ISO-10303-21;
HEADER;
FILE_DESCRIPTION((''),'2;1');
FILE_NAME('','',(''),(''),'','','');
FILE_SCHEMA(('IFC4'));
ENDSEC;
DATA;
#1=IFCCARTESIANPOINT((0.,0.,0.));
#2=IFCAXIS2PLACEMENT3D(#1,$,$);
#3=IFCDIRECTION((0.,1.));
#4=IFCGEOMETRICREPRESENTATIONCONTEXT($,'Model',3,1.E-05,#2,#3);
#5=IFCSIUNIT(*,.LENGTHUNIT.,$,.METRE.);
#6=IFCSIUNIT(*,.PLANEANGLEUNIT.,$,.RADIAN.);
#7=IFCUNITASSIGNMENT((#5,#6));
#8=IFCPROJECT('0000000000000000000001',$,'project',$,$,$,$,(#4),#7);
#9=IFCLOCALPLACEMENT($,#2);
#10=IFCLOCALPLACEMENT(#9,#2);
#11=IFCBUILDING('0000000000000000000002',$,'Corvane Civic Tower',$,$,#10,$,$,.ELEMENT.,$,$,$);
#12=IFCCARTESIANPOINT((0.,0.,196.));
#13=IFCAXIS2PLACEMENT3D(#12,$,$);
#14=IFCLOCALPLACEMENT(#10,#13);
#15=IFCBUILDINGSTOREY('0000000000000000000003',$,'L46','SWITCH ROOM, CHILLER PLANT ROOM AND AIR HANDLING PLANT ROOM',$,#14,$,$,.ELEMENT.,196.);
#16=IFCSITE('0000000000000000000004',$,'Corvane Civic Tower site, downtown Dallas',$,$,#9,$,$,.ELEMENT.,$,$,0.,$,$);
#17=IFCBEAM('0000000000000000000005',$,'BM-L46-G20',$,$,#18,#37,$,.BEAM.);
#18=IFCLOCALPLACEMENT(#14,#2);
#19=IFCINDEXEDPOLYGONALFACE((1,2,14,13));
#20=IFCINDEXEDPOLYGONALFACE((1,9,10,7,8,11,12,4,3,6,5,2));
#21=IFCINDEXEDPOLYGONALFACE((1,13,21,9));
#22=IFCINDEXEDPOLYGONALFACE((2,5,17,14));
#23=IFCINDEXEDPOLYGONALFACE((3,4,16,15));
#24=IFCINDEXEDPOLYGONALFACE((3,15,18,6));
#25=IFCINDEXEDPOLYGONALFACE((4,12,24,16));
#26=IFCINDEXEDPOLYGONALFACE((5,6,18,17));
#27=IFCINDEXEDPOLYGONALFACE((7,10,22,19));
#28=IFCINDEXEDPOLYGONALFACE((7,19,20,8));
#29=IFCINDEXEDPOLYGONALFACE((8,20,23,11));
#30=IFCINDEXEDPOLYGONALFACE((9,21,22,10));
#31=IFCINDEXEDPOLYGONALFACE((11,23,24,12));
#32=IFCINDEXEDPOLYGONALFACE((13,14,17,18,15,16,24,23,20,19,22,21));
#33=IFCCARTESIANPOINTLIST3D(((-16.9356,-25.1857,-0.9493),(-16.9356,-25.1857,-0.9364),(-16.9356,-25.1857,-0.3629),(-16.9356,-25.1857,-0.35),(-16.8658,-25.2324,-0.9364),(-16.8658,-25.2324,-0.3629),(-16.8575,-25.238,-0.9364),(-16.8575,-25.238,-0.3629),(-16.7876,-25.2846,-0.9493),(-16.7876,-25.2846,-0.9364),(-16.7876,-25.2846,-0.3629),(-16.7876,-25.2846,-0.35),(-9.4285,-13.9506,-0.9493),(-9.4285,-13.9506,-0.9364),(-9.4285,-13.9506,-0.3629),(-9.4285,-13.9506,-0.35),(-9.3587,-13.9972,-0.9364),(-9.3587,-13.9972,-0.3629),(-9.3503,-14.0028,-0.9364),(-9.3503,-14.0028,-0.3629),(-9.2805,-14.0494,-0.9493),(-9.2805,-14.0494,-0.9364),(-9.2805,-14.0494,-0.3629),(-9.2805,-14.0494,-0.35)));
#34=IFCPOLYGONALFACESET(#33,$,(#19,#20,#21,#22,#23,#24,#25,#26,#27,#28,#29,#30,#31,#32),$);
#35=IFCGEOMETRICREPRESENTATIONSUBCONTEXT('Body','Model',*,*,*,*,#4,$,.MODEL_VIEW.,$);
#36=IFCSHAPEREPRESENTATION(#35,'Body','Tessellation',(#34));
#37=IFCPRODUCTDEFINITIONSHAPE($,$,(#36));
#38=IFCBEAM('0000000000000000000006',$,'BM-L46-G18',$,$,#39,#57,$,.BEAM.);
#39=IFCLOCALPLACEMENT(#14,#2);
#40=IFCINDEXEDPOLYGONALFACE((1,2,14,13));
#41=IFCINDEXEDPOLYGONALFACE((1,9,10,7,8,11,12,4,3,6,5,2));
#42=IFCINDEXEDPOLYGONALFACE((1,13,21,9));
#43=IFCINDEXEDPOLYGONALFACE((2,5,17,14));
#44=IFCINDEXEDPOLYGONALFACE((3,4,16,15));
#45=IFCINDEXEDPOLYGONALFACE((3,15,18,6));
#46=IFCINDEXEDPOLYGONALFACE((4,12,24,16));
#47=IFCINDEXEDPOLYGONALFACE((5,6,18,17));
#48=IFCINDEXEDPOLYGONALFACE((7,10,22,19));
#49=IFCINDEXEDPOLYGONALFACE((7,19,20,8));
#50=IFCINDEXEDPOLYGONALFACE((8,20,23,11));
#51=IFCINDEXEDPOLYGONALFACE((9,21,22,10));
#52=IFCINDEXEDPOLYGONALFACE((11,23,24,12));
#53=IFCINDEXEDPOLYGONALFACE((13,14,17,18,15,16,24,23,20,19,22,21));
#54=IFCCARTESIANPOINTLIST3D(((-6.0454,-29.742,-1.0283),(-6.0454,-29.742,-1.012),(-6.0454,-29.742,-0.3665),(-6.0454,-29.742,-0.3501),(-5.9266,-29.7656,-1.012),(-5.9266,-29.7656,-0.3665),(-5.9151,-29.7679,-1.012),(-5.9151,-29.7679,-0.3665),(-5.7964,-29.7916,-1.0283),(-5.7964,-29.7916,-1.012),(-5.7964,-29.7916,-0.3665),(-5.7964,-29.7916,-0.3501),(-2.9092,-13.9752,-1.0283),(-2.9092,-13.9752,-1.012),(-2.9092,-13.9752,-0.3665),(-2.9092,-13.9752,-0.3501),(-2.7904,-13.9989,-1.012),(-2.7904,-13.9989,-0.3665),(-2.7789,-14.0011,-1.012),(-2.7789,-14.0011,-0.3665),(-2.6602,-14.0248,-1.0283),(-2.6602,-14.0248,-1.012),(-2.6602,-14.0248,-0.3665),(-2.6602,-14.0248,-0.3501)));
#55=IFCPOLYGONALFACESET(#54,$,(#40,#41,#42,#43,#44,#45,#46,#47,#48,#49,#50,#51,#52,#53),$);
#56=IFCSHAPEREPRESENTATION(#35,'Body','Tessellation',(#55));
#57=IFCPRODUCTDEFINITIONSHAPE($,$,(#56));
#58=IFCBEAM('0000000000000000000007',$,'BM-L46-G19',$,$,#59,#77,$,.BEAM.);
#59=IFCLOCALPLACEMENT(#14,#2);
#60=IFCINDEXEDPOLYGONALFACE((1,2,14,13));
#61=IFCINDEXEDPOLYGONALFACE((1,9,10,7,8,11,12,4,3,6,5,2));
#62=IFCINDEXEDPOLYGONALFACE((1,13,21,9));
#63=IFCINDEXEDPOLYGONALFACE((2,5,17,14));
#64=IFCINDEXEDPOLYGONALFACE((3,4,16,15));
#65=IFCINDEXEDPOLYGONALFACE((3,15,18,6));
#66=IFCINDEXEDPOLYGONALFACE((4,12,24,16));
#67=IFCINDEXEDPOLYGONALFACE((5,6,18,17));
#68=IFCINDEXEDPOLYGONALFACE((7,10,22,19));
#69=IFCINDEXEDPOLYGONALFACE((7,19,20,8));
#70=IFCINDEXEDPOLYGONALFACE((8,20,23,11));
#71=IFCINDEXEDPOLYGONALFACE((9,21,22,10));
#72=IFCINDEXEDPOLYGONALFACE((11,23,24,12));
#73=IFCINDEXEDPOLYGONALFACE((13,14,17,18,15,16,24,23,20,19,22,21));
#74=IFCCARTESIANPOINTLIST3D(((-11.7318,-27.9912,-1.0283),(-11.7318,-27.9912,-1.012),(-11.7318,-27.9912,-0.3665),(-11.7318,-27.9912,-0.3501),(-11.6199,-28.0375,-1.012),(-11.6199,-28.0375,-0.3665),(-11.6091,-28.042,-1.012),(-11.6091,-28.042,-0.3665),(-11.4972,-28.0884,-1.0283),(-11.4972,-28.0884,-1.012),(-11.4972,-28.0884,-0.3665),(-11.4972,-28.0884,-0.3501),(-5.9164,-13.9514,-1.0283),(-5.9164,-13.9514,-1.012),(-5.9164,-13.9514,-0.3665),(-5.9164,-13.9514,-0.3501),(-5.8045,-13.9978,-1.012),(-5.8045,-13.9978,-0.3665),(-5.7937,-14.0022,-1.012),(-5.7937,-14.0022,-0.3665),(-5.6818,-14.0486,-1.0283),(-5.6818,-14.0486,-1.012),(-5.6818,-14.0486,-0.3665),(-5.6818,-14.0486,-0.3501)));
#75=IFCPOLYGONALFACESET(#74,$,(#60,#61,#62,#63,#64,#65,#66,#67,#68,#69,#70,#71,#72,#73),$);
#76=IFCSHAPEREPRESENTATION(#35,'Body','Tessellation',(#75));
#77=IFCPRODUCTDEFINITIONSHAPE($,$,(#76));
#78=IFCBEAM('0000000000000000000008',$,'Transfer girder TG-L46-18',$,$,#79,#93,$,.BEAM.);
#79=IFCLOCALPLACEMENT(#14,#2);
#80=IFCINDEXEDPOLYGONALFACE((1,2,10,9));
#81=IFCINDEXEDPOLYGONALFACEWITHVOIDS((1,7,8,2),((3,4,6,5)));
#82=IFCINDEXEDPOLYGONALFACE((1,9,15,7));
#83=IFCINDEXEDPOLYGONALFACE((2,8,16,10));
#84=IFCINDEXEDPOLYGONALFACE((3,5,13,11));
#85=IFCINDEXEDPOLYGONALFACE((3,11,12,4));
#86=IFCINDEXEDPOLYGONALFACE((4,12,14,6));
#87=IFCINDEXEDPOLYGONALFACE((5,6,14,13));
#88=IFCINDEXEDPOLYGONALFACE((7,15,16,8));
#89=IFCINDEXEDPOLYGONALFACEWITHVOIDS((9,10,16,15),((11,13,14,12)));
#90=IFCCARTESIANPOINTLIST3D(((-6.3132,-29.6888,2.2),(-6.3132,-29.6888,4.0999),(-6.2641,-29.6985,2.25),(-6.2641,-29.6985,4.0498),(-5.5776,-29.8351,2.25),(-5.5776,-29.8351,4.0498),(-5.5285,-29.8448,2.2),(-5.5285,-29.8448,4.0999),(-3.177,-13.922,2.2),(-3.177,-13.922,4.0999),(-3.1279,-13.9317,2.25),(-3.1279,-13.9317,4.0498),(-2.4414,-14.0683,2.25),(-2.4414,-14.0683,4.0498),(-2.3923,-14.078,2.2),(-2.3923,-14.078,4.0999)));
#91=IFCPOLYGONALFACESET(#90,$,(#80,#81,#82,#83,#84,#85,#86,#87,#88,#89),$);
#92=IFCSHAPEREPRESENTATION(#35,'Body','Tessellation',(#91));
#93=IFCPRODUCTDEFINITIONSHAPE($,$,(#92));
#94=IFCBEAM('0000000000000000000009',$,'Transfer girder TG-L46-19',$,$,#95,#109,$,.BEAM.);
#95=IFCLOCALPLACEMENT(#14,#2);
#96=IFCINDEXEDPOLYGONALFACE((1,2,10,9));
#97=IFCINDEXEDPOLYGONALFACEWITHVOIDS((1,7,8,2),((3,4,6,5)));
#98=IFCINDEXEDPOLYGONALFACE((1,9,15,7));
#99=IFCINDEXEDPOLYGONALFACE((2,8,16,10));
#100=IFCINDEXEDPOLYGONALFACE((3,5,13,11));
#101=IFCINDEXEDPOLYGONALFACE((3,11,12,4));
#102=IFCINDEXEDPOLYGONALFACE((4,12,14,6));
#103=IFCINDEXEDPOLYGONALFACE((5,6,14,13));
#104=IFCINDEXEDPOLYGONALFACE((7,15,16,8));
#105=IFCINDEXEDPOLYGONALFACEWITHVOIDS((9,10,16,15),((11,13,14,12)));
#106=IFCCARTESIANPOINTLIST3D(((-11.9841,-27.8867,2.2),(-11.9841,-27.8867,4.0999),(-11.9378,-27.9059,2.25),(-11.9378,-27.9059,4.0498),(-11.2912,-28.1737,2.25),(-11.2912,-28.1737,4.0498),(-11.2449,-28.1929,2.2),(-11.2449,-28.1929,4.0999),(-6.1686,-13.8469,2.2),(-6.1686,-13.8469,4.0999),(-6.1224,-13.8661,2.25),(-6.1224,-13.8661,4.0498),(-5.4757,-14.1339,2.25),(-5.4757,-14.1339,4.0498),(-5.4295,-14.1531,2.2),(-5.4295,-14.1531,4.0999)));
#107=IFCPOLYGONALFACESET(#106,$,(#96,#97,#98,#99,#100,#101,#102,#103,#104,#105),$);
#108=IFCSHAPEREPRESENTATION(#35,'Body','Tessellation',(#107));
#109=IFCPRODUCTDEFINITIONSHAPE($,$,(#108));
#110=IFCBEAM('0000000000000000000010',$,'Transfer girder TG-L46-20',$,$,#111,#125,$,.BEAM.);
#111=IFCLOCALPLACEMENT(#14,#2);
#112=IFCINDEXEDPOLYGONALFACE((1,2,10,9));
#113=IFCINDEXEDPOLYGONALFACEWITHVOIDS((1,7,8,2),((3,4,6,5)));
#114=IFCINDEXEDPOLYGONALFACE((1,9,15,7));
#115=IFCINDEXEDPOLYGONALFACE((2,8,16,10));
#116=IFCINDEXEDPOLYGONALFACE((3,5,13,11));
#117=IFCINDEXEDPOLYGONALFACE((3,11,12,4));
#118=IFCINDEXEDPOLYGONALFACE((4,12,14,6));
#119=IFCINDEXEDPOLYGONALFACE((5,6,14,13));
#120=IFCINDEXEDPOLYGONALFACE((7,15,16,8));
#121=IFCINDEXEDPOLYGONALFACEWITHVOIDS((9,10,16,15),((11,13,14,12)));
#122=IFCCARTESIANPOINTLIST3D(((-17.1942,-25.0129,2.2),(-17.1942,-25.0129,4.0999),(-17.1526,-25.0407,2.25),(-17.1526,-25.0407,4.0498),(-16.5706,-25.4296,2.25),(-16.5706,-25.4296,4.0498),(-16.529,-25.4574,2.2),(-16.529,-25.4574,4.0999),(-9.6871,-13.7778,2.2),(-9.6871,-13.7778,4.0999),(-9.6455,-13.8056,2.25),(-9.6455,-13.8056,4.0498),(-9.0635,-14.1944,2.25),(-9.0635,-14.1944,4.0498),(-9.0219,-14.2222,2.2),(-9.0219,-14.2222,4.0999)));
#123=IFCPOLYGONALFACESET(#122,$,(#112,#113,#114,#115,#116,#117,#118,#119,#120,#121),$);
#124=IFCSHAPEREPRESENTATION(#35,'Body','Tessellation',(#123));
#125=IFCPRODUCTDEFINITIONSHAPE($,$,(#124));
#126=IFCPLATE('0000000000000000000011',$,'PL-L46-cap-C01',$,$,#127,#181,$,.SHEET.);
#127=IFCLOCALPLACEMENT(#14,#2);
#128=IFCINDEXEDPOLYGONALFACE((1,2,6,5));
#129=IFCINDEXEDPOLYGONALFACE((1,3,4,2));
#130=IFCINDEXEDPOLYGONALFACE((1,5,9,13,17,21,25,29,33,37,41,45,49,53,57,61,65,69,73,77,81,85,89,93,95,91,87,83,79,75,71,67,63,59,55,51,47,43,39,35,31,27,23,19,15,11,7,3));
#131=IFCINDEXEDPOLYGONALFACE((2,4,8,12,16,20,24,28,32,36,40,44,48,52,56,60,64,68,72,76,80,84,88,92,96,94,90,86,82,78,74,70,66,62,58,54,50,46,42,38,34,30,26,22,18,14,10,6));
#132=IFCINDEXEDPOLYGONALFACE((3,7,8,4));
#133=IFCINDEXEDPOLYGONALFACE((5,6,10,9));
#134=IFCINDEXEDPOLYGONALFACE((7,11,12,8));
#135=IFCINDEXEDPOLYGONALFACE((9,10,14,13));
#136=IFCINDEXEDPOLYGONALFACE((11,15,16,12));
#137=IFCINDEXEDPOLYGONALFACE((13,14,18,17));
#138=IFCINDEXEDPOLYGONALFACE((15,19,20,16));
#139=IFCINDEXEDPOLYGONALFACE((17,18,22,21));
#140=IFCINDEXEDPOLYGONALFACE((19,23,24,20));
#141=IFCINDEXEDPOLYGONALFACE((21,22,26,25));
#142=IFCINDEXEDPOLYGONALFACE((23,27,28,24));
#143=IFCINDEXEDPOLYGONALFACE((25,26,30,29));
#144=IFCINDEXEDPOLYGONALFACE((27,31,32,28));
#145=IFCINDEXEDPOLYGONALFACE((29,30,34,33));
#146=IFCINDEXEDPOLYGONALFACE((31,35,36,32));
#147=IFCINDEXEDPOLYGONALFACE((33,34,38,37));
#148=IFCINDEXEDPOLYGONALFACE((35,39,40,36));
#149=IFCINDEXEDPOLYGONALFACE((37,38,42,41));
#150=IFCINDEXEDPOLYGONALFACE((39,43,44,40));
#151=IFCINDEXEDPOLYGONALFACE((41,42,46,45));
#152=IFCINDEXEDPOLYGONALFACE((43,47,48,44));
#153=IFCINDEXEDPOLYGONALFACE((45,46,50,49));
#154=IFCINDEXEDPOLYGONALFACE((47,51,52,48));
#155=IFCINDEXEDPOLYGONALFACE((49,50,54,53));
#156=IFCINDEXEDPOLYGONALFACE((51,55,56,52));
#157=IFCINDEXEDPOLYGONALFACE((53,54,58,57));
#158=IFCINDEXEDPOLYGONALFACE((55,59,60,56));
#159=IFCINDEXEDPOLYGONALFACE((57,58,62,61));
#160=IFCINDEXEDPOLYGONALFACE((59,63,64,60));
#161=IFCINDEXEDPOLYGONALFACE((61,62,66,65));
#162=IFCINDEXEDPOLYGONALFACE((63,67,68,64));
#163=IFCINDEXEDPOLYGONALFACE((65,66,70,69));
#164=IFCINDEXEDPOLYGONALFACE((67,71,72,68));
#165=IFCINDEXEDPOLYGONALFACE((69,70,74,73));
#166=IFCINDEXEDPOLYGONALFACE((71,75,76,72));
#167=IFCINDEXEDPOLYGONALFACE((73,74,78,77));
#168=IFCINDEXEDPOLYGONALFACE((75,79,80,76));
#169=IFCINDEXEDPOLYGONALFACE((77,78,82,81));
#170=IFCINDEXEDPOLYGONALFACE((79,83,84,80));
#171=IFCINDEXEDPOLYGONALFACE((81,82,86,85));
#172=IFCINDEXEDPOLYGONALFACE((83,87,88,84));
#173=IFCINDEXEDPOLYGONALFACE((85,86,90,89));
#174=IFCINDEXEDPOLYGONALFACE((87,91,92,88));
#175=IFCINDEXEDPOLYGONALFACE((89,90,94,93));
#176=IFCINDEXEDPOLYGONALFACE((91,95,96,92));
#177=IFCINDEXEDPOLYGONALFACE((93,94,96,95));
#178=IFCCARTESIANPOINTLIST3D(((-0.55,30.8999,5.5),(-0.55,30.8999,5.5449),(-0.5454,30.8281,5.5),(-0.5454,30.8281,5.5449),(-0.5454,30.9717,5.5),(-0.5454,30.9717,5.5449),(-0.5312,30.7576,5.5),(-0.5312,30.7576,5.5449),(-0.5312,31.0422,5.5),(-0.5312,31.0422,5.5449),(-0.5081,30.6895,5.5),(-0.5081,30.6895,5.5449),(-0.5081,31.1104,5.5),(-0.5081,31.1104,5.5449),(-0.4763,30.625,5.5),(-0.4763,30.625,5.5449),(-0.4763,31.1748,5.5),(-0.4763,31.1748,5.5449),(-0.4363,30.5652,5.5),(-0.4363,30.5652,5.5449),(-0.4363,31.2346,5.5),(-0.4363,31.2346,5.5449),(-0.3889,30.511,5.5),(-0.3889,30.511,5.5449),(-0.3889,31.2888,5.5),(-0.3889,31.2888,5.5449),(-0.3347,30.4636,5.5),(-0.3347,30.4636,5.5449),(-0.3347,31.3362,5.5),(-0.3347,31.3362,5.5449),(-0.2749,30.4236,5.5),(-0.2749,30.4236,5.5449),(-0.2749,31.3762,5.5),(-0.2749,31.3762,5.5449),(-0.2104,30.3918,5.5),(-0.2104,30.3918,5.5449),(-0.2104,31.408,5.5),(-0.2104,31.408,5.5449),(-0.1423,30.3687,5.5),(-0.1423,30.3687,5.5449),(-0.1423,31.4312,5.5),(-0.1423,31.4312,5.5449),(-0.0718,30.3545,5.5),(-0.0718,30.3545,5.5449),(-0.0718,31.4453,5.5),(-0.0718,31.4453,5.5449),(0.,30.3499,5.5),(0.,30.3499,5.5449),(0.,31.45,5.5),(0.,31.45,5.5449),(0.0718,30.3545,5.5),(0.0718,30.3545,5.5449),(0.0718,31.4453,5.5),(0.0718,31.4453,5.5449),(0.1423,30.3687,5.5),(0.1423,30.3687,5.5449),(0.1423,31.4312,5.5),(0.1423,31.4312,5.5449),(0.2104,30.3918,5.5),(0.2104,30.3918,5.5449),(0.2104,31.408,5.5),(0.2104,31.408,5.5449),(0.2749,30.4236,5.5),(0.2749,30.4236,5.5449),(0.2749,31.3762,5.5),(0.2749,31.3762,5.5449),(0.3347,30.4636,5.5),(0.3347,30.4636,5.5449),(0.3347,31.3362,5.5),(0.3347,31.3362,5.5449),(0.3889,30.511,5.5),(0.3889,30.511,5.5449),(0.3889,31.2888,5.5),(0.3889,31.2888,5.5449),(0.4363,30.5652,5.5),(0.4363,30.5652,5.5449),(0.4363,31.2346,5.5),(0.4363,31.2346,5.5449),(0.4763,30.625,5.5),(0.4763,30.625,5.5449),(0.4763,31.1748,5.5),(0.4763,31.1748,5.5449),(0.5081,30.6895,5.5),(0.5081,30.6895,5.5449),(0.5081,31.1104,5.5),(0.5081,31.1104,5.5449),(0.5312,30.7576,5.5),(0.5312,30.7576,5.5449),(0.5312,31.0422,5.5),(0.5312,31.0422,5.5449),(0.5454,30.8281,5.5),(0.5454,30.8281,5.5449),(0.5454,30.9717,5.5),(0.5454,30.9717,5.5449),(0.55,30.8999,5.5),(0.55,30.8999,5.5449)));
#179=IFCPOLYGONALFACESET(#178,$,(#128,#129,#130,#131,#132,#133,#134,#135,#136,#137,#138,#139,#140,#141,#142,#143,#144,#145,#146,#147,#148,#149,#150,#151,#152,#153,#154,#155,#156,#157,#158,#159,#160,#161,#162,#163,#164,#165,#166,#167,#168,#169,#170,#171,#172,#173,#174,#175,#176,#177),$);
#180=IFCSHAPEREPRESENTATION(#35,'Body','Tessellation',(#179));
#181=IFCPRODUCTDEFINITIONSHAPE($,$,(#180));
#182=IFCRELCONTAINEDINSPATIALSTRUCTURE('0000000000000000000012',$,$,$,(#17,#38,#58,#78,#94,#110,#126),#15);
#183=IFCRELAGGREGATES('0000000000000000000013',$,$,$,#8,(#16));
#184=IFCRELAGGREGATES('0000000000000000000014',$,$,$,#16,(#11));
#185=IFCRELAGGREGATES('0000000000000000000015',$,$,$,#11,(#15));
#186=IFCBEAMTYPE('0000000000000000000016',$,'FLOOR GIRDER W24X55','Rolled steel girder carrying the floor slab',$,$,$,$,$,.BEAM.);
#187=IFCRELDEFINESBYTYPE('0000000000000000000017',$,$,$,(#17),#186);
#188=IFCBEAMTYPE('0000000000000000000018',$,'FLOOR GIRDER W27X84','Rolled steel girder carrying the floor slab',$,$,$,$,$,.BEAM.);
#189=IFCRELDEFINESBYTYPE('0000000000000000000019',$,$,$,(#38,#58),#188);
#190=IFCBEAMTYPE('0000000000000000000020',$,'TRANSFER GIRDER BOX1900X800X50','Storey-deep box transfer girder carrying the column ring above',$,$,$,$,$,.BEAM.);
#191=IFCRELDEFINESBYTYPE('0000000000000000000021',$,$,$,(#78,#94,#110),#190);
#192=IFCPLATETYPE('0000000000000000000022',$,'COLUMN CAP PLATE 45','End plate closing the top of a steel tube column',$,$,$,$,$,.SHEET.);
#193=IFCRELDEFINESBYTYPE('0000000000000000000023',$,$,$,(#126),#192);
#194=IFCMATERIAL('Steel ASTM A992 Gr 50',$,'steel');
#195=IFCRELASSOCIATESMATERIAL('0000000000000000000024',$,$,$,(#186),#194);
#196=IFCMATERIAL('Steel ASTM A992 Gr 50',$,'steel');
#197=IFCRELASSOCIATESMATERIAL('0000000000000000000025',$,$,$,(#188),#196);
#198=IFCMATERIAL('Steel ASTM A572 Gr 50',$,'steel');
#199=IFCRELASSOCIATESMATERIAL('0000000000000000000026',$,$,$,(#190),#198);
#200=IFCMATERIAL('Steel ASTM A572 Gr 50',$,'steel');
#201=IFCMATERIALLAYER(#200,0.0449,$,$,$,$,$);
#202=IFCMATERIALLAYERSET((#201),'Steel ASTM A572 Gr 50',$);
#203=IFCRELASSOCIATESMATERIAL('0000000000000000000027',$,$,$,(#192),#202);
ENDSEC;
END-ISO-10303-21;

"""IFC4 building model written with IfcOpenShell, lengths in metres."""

from ifc_helpers import new_model, si_unit, direction, frame, origin, origin_2d, place, context, subcontext, project, spatial, polyline, hollow_rectangle, i_section, outline, extrude, material, layer, layer_set, material_profile, profile_set, type_object, element, save


model = new_model("IFC4")

# Units and contexts
model_context = context("Model", 3, precision=1e-05, world=origin(), true_north=direction((0.0, 1.0)))
body_context = subcontext(model_context, "Body", "Model", "MODEL_VIEW")
ifc_project = project(units=[si_unit("LENGTHUNIT", "METRE"), si_unit("PLANEANGLEUNIT", "RADIAN")], contexts=[model_context])

# Site, building, storey
site_placement = place(None, origin())
site = spatial("IfcSite", under=ifc_project, at=site_placement, Name="Corvane Civic Tower site, downtown Dallas", CompositionType="ELEMENT", RefElevation=0.0)
building_placement = place(site_placement, origin())
building = spatial("IfcBuilding", under=site, at=building_placement, Name="Corvane Civic Tower", CompositionType="ELEMENT")
storey_placement = place(building_placement, frame((0.0, 0.0, 196.0)))
storey = spatial("IfcBuildingStorey", under=building, at=storey_placement, Name="L46", Description="SWITCH ROOM, CHILLER PLANT ROOM AND AIR HANDLING PLANT ROOM", CompositionType="ELEMENT", Elevation=196.0)

# Beams
ifc_material_1 = material(Name="Steel ASTM A992 Gr 50", Category="steel")
ifc_material_profile_1 = material_profile(ifc_material_1, i_section(OverallWidth=0.178, OverallDepth=0.5994, WebThickness=0.01, FlangeThickness=0.0129, at=origin_2d()), Name="W24X55")
ifc_profile_set_1 = profile_set([ifc_material_profile_1], Name="Steel ASTM A992 Gr 50")
beam_type_1 = type_object("IfcBeamType", Name="FLOOR GIRDER W24X55", Description="Rolled steel girder carrying the floor slab", PredefinedType="BEAM", material=ifc_profile_set_1)
beam_1_placement = place(storey_placement, frame((-9.3545, -14.0, -0.6497), z_axis=(-0.555571, -0.831469, 0.0), x_axis=(0.831469, -0.555571, 0.0)))
element("IfcBeam", 1, at=beam_1_placement, inside=storey, type_object=beam_type_1, Name="BM-L46-G20", PredefinedType="BEAM", context=body_context, shape_type="SweptSolid", body=[
    extrude(i_section(OverallWidth=0.178, OverallDepth=0.5994, WebThickness=0.01, FlangeThickness=0.0129, at=origin_2d()), origin(), (0.0, 0.0, 1.0), 13.5125),
])
ifc_material_2 = material(Name="Steel ASTM A992 Gr 50", Category="steel")
ifc_material_profile_2 = material_profile(ifc_material_2, i_section(OverallWidth=0.2539, OverallDepth=0.6782, WebThickness=0.0117, FlangeThickness=0.0164, at=origin_2d()), Name="W27X84")
ifc_profile_set_2 = profile_set([ifc_material_profile_2], Name="Steel ASTM A992 Gr 50")
beam_type_2 = type_object("IfcBeamType", Name="FLOOR GIRDER W27X84", Description="Rolled steel girder carrying the floor slab", PredefinedType="BEAM", material=ifc_profile_set_2)
beam_2_placement = place(storey_placement, frame((-2.7847, -14.0, -0.6892), z_axis=(-0.195091, -0.980785, 0.0), x_axis=(0.980785, -0.195091, 0.0)))
element("IfcBeam", 2, at=beam_2_placement, inside=storey, type_object=beam_type_2, Name="BM-L46-G18", PredefinedType="BEAM", context=body_context, shape_type="SweptSolid", body=[
    extrude(i_section(OverallWidth=0.2539, OverallDepth=0.6782, WebThickness=0.0117, FlangeThickness=0.0164, at=origin_2d()), origin(), (0.0, 0.0, 1.0), 16.0757),
])
beam_3_placement = place(storey_placement, frame((-5.7991, -14.0, -0.6892), z_axis=(-0.382681, -0.923881, 0.0), x_axis=(0.923881, -0.382681, 0.0)))
element("IfcBeam", 3, at=beam_3_placement, inside=storey, type_object=beam_type_2, Name="BM-L46-G19", PredefinedType="BEAM", context=body_context, shape_type="SweptSolid", body=[
    extrude(i_section(OverallWidth=0.2539, OverallDepth=0.6782, WebThickness=0.0117, FlangeThickness=0.0164, at=origin_2d()), origin(), (0.0, 0.0, 1.0), 15.1965),
])
ifc_material_3 = material(Name="Steel ASTM A572 Gr 50", Category="steel")
ifc_material_profile_3 = material_profile(ifc_material_3, hollow_rectangle(XDim=0.8, YDim=1.8999, WallThickness=0.05, at=origin_2d()), Name="BOX1900X800X50")
ifc_profile_set_3 = profile_set([ifc_material_profile_3], Name="Steel ASTM A572 Gr 50")
beam_type_3 = type_object("IfcBeamType", Name="TRANSFER GIRDER BOX1900X800X50", Description="Storey-deep box transfer girder carrying the column ring above", PredefinedType="BEAM", material=ifc_profile_set_3)
beam_4_placement = place(storey_placement, frame((-2.7847, -14.0, 3.1499), z_axis=(-0.195091, -0.980785, 0.0), x_axis=(0.980785, -0.195091, 0.0)))
element("IfcBeam", 4, at=beam_4_placement, inside=storey, type_object=beam_type_3, Name="Transfer girder TG-L46-18", PredefinedType="BEAM", context=body_context, shape_type="SweptSolid", body=[
    extrude(hollow_rectangle(XDim=0.8, YDim=1.8999, WallThickness=0.05, at=origin_2d()), origin(), (0.0, 0.0, 1.0), 16.0757),
])
beam_5_placement = place(storey_placement, frame((-5.7991, -14.0, 3.1499), z_axis=(-0.382681, -0.923881, 0.0), x_axis=(0.923881, -0.382681, 0.0)))
element("IfcBeam", 5, at=beam_5_placement, inside=storey, type_object=beam_type_3, Name="Transfer girder TG-L46-19", PredefinedType="BEAM", context=body_context, shape_type="SweptSolid", body=[
    extrude(hollow_rectangle(XDim=0.8, YDim=1.8999, WallThickness=0.05, at=origin_2d()), origin(), (0.0, 0.0, 1.0), 15.1965),
])
beam_6_placement = place(storey_placement, frame((-9.3545, -14.0, 3.1499), z_axis=(-0.555571, -0.831469, 0.0), x_axis=(0.831469, -0.555571, 0.0)))
element("IfcBeam", 6, at=beam_6_placement, inside=storey, type_object=beam_type_3, Name="Transfer girder TG-L46-20", PredefinedType="BEAM", context=body_context, shape_type="SweptSolid", body=[
    extrude(hollow_rectangle(XDim=0.8, YDim=1.8999, WallThickness=0.05, at=origin_2d()), origin(), (0.0, 0.0, 1.0), 13.5125),
])

# Plate
ifc_material_4 = material(Name="Steel ASTM A572 Gr 50", Category="steel")
ifc_layer_1 = layer(ifc_material_4, 0.0449)
ifc_layer_set_1 = layer_set([ifc_layer_1], Name="Steel ASTM A572 Gr 50")
plate_type = type_object("IfcPlateType", Name="COLUMN CAP PLATE 45", Description="End plate closing the top of a steel tube column", PredefinedType="SHEET", material=ifc_layer_set_1)
plate_1_placement = place(storey_placement, frame((0.0, 0.0, 5.5)))
element("IfcPlate", 7, at=plate_1_placement, inside=storey, type_object=plate_type, Name="PL-L46-cap-C01", PredefinedType="SHEET", context=body_context, shape_type="SweptSolid", body=[
    extrude(outline(polyline([(0.55, 30.8999), (0.5454, 30.9717), (0.5312, 31.0422), (0.5081, 31.1104), (0.4763, 31.1748), (0.4363, 31.2346), (0.3889, 31.2888), (0.3347, 31.3362), (0.2749, 31.3762), (0.2104, 31.408), (0.1423, 31.4312), (0.0718, 31.4453), (0.0, 31.45), (-0.0718, 31.4453), (-0.1423, 31.4312), (-0.2104, 31.408), (-0.2749, 31.3762), (-0.3347, 31.3362), (-0.3889, 31.2888), (-0.4363, 31.2346), (-0.4763, 31.1748), (-0.5081, 31.1104), (-0.5312, 31.0422), (-0.5454, 30.9717), (-0.55, 30.8999), (-0.5454, 30.8281), (-0.5312, 30.7576), (-0.5081, 30.6895), (-0.4763, 30.625), (-0.4363, 30.5652), (-0.3889, 30.511), (-0.3347, 30.4636), (-0.2749, 30.4236), (-0.2104, 30.3918), (-0.1423, 30.3687), (-0.0718, 30.3545), (0.0, 30.3499), (0.0718, 30.3545), (0.1423, 30.3687), (0.2104, 30.3918), (0.2749, 30.4236), (0.3347, 30.4636), (0.3889, 30.511), (0.4363, 30.5652), (0.4763, 30.625), (0.5081, 30.6895), (0.5312, 30.7576), (0.5454, 30.8281), (0.55, 30.8999)])), origin(), (0.0, 0.0, 1.0), 0.0449),
])

save(model, "model.ifc")
